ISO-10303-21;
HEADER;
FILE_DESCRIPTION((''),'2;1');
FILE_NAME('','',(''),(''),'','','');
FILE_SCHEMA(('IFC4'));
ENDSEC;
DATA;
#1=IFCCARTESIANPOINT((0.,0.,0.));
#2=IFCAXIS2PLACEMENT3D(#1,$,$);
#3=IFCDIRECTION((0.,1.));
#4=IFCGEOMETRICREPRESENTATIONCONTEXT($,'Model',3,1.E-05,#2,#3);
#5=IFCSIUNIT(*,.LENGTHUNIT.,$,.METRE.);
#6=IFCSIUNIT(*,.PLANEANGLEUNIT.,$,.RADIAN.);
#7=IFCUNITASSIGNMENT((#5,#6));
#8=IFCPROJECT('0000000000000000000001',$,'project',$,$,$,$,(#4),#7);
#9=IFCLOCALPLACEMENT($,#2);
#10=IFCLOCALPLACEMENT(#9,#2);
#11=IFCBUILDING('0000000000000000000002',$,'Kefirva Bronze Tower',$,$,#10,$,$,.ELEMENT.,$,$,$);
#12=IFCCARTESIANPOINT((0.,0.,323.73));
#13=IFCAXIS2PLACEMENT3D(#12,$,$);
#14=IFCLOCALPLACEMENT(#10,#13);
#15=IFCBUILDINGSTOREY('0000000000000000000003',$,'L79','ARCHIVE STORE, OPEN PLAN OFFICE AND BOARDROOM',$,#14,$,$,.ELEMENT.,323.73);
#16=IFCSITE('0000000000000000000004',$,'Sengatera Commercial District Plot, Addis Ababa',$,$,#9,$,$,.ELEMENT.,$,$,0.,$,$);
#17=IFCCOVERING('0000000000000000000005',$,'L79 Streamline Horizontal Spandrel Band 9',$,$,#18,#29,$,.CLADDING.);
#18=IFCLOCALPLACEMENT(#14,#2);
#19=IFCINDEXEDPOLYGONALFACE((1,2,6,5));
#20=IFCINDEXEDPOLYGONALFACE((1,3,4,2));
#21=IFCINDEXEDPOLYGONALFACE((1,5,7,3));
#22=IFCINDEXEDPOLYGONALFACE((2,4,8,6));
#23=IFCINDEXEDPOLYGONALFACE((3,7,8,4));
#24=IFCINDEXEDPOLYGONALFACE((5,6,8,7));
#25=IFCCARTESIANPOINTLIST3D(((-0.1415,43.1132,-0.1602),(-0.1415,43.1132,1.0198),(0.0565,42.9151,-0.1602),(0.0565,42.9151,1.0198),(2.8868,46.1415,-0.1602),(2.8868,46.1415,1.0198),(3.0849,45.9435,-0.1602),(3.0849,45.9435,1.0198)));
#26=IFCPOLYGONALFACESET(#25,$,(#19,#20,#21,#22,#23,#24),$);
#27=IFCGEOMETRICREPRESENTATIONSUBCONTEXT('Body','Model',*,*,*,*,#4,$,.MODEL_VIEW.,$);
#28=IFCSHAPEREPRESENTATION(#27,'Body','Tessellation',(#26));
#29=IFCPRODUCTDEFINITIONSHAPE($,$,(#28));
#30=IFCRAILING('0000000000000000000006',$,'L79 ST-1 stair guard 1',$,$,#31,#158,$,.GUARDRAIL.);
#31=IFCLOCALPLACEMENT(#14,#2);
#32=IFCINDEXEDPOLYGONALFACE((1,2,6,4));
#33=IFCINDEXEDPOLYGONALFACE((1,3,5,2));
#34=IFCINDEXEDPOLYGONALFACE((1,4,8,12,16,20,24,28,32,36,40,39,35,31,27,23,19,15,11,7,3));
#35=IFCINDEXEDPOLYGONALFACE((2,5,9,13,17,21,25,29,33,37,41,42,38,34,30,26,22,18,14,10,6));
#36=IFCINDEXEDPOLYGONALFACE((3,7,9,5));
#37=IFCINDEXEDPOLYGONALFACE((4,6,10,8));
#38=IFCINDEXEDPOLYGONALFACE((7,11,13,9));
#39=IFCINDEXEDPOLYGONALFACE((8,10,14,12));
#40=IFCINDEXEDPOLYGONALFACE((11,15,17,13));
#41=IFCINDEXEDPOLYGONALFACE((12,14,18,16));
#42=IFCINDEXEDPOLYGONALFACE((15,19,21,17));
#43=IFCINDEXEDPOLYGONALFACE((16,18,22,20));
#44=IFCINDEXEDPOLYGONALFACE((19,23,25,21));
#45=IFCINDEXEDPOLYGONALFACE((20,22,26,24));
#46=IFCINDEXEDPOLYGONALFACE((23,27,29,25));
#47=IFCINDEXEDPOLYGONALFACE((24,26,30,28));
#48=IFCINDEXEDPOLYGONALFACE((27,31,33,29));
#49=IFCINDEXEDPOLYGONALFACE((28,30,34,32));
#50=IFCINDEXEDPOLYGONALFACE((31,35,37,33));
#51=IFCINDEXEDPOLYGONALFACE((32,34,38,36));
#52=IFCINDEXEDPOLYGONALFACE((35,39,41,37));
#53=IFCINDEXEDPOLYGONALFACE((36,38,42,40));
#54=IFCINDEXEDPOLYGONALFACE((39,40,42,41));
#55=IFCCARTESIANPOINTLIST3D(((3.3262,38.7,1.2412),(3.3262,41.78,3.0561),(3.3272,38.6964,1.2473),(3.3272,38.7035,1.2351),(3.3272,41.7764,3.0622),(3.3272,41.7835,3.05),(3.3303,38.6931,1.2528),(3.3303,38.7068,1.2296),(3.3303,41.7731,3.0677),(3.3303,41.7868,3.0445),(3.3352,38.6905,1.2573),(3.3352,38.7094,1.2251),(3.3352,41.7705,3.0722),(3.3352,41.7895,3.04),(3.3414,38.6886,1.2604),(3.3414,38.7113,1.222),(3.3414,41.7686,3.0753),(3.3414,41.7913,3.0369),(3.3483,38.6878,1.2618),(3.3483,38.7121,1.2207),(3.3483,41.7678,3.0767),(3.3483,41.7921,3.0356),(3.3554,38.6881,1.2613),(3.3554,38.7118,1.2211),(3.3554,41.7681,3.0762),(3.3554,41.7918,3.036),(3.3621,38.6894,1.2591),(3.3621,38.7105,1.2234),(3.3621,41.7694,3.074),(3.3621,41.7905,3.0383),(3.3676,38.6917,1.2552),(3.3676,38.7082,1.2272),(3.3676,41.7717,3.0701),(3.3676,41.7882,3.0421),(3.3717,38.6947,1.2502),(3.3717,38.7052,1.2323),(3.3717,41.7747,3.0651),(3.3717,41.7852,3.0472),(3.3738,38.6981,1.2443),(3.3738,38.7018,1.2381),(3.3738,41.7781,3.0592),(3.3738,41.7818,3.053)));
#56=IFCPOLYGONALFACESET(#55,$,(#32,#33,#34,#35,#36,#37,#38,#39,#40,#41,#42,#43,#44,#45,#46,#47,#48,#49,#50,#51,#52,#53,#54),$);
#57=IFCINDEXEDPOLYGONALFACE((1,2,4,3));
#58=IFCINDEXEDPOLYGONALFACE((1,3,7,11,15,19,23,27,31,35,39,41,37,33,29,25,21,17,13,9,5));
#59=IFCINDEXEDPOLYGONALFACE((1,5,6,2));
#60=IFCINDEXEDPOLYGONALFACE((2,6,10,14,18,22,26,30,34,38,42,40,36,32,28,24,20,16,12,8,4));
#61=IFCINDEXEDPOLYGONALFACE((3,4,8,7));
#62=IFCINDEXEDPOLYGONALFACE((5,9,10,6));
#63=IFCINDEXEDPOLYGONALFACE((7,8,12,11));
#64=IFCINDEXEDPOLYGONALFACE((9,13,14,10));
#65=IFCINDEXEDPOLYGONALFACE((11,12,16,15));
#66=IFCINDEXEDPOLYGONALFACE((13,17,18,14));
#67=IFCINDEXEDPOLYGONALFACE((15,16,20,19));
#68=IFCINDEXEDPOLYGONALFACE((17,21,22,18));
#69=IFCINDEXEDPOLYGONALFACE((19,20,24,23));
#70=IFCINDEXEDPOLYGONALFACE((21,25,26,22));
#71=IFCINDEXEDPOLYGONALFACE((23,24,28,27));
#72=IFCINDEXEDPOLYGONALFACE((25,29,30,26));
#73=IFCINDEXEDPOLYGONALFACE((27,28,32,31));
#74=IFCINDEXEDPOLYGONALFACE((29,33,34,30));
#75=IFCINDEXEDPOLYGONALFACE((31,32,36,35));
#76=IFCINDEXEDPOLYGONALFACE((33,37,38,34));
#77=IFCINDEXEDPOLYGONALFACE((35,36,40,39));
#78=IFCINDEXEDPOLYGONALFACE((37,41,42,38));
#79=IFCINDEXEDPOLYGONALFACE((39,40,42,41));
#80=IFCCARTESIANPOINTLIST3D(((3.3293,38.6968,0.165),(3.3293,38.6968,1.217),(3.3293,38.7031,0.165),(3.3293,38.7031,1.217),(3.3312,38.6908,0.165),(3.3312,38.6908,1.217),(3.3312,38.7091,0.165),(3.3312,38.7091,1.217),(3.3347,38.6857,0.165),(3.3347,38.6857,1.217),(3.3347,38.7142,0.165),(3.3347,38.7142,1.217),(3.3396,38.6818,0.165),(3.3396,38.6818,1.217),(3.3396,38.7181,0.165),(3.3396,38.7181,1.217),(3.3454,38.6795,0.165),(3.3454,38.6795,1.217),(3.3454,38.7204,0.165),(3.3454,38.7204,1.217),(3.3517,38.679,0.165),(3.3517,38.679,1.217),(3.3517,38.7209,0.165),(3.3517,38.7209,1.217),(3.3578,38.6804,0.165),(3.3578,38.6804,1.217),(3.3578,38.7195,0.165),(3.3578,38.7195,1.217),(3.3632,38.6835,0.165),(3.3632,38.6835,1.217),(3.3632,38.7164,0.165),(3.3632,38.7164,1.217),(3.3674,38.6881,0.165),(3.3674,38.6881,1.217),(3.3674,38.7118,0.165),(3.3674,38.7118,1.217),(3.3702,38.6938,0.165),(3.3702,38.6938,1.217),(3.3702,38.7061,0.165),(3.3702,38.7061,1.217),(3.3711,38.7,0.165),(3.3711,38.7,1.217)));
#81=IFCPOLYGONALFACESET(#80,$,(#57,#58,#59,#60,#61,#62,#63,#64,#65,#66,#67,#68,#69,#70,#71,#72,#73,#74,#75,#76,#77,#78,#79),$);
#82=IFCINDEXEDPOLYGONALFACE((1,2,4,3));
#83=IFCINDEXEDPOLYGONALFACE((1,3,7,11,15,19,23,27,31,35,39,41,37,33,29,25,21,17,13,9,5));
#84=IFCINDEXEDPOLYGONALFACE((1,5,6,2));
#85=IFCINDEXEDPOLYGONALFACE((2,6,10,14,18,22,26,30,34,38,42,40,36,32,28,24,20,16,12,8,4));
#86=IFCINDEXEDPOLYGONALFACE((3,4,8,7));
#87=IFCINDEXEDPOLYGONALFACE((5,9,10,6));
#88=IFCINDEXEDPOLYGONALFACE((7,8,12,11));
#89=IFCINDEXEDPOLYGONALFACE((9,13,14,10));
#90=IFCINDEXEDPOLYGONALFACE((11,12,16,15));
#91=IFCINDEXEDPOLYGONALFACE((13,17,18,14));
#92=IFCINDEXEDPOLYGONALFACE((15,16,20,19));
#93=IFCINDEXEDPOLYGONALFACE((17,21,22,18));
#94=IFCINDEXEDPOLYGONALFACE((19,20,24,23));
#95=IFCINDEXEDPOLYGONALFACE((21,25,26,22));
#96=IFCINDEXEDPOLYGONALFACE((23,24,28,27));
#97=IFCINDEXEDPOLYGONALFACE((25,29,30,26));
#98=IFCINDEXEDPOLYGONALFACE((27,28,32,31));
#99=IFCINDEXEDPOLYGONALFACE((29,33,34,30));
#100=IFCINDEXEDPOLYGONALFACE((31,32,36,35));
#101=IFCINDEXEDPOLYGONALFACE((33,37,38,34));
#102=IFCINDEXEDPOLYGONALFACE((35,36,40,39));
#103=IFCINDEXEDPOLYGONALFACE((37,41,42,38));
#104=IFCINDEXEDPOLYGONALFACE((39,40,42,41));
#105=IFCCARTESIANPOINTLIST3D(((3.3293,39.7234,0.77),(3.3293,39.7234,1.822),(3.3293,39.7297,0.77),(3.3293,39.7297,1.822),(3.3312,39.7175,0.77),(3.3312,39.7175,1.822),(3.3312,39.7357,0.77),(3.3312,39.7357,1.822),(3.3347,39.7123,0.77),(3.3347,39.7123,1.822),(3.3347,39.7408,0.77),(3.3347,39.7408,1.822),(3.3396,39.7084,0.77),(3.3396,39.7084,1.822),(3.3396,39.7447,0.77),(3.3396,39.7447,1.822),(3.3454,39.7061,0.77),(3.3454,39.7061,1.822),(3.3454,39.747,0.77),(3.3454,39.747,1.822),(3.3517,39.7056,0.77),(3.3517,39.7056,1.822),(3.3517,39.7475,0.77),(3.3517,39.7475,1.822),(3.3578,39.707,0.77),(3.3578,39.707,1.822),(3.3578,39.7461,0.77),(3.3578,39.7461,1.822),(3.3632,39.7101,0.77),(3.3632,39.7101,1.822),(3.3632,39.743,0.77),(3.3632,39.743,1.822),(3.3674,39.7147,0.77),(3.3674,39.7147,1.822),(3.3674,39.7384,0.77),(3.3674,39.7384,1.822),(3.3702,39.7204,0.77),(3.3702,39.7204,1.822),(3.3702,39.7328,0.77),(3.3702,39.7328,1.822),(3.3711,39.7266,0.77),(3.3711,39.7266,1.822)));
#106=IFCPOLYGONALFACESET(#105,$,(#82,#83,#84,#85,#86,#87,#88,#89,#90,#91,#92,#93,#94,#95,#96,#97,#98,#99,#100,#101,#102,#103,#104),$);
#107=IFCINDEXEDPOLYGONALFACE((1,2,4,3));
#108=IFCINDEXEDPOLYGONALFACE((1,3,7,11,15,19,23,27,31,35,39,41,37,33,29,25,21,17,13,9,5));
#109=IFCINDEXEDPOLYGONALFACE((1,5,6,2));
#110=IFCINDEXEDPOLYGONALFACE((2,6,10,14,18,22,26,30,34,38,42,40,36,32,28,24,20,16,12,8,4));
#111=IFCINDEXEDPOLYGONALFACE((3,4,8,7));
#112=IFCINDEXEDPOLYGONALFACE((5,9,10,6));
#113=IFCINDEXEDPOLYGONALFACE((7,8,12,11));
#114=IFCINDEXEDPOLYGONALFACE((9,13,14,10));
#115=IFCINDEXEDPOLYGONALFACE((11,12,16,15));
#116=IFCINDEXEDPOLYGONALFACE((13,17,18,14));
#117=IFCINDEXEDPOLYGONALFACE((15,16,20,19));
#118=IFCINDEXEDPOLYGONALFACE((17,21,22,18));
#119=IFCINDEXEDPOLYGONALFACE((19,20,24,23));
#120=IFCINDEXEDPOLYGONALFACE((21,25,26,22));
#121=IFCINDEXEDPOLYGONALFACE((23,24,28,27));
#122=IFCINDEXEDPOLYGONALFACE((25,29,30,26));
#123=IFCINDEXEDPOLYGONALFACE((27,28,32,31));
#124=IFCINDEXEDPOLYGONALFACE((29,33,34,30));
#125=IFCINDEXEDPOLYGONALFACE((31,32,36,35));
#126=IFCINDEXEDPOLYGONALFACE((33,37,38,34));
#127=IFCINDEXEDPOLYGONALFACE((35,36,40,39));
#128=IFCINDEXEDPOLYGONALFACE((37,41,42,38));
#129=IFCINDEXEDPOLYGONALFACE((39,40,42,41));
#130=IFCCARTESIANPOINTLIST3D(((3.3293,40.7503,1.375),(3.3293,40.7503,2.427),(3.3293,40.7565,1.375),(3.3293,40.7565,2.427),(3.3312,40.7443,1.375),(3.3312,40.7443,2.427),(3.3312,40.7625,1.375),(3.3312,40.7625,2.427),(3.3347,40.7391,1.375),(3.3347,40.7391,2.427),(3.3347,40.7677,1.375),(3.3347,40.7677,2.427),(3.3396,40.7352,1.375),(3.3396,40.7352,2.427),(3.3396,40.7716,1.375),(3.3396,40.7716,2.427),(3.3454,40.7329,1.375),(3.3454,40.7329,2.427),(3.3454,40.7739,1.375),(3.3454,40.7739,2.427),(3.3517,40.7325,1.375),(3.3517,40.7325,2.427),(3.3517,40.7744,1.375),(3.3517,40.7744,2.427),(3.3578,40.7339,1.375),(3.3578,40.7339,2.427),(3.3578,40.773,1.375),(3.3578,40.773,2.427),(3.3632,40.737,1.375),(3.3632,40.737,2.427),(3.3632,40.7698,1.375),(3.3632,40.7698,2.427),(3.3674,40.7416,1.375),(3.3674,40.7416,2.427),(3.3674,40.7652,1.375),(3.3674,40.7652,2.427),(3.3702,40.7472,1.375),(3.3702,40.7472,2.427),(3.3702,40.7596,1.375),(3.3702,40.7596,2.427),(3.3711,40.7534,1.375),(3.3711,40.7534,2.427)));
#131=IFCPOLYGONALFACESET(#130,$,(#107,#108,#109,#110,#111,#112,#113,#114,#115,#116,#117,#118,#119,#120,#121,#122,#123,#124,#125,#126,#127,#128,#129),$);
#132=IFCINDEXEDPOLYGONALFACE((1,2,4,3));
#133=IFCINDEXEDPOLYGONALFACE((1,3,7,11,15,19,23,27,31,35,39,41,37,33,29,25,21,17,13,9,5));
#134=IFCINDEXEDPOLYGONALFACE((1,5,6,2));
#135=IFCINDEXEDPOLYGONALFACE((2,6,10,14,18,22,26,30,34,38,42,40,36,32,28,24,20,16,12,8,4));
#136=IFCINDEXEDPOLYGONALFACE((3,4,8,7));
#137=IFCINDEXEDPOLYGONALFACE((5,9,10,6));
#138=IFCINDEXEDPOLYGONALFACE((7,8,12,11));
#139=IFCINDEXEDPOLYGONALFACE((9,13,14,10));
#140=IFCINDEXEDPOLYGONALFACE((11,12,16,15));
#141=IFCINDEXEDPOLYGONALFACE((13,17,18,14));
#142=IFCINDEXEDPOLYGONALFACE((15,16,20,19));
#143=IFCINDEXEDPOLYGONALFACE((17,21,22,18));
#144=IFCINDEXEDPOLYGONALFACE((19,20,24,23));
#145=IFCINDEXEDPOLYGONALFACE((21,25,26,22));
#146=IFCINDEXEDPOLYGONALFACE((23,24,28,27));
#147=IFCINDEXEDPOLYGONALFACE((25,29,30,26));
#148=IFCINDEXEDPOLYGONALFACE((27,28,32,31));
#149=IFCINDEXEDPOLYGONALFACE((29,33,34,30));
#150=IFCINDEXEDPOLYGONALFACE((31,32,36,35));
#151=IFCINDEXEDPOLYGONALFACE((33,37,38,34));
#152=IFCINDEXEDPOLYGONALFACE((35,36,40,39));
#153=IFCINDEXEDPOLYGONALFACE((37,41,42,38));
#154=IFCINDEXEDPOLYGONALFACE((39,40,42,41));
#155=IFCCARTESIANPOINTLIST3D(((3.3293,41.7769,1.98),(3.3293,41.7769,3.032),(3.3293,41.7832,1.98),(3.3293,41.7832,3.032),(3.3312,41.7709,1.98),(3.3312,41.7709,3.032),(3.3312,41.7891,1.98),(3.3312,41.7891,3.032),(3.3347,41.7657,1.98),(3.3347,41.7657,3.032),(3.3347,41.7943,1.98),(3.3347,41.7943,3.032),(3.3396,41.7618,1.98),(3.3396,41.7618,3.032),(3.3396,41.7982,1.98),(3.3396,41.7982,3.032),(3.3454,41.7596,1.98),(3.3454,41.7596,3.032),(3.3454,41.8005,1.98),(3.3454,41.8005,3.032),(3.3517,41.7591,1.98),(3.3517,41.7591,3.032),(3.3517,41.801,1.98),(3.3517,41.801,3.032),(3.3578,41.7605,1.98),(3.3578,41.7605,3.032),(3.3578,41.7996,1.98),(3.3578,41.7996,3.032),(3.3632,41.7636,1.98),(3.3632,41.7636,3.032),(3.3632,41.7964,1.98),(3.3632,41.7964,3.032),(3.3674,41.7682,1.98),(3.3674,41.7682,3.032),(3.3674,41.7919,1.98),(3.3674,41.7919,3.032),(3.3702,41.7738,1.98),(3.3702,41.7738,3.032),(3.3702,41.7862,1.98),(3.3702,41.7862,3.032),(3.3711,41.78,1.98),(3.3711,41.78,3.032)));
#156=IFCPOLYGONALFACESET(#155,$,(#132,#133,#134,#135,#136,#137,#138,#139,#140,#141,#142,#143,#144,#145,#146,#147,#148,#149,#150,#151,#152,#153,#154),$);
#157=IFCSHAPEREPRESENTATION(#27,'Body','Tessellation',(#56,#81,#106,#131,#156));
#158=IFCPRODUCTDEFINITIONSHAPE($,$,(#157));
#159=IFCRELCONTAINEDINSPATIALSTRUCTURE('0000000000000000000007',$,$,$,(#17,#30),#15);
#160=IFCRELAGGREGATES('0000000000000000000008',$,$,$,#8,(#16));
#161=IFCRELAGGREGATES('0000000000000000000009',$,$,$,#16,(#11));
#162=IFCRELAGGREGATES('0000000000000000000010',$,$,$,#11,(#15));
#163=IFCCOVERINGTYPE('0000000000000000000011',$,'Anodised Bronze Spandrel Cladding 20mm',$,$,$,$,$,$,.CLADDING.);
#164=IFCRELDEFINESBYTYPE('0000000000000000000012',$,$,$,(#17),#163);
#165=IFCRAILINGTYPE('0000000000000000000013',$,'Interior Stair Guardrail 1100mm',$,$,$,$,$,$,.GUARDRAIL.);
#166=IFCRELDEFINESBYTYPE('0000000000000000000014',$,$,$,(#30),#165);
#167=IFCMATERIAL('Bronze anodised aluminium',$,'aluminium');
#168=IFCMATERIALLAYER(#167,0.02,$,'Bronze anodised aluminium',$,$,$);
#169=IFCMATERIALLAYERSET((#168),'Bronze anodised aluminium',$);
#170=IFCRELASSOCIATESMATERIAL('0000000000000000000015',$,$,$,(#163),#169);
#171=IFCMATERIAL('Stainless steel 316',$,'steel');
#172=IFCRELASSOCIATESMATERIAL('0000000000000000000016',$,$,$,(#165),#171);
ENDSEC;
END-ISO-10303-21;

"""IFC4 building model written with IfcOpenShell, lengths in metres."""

from ifc_helpers import new_model, si_unit, direction, frame, origin, origin_2d, place, context, subcontext, project, spatial, rectangle, circle, extrude, material, layer, layer_set, type_object, element, save


model = new_model("IFC4")

# Units and contexts
model_context = context("Model", 3, precision=1e-05, world=origin(), true_north=direction((0.0, 1.0)))
body_context = subcontext(model_context, "Body", "Model", "MODEL_VIEW")
ifc_project = project(units=[si_unit("LENGTHUNIT", "METRE"), si_unit("PLANEANGLEUNIT", "RADIAN")], contexts=[model_context])

# Site, building, storey
site_placement = place(None, origin())
site = spatial("IfcSite", under=ifc_project, at=site_placement, Name="Sengatera Commercial District Plot, Addis Ababa", CompositionType="ELEMENT", RefElevation=0.0)
building_placement = place(site_placement, origin())
building = spatial("IfcBuilding", under=site, at=building_placement, Name="Kefirva Bronze Tower", CompositionType="ELEMENT")
storey_placement = place(building_placement, frame((0.0, 0.0, 323.73)))
storey = spatial("IfcBuildingStorey", under=building, at=storey_placement, Name="L79", Description="ARCHIVE STORE, OPEN PLAN OFFICE AND BOARDROOM", CompositionType="ELEMENT", Elevation=323.73)

# Covering
ifc_material_1 = material(Name="Bronze anodised aluminium", Category="aluminium")
ifc_layer_1 = layer(ifc_material_1, 0.02, Name="Bronze anodised aluminium")
ifc_layer_set_1 = layer_set([ifc_layer_1], Name="Bronze anodised aluminium")
covering_type_1 = type_object("IfcCoveringType", Name="Anodised Bronze Spandrel Cladding 20mm", PredefinedType="CLADDING", material=ifc_layer_set_1)
covering_1_placement = place(storey_placement, frame((1.4717, 44.5283, -0.1602), z_axis=(0.0, 0.0, 1.0), x_axis=(-0.707107, -0.707107, 0.0)))
element("IfcCovering", 1, at=covering_1_placement, inside=storey, type_object=covering_type_1, Name="L79 Streamline Horizontal Spandrel Band 9", PredefinedType="CLADDING", context=body_context, shape_type="SweptSolid", body=[
    extrude(rectangle(XDim=4.2827, YDim=0.28, at=origin_2d()), origin(), (0.0, 0.0, 1.0), 1.1799),
])

# Railing
ifc_material_2 = material(Name="Stainless steel 316", Category="steel")
railing_type_1 = type_object("IfcRailingType", Name="Interior Stair Guardrail 1100mm", PredefinedType="GUARDRAIL", material=ifc_material_2)
railing_1_placement = place(storey_placement, frame((3.3501, 38.7, 0.165)))
element("IfcRailing", 2, at=railing_1_placement, inside=storey, type_object=railing_type_1, Name="L79 ST-1 stair guard 1", PredefinedType="GUARDRAIL", context=body_context, shape_type="SweptSolid", body=[
    extrude(circle(Radius=0.0239, at=origin_2d()), frame((0.0, 0.0, 1.0762), z_axis=(0.0, 0.861551, 0.507671), x_axis=(-1.0, 0.0, 0.0)), (0.0, 0.0, 1.0), 3.575),
    extrude(circle(Radius=0.021, at=origin_2d()), origin(), (0.0, 0.0, 1.0), 1.052),
    extrude(circle(Radius=0.021, at=origin_2d()), frame((0.0, 1.0266, 0.605)), (0.0, 0.0, 1.0), 1.052),
    extrude(circle(Radius=0.021, at=origin_2d()), frame((0.0, 2.0535, 1.21)), (0.0, 0.0, 1.0), 1.052),
    extrude(circle(Radius=0.021, at=origin_2d()), frame((0.0, 3.0801, 1.8149)), (0.0, 0.0, 1.0), 1.052),
])

save(model, "model.ifc")
